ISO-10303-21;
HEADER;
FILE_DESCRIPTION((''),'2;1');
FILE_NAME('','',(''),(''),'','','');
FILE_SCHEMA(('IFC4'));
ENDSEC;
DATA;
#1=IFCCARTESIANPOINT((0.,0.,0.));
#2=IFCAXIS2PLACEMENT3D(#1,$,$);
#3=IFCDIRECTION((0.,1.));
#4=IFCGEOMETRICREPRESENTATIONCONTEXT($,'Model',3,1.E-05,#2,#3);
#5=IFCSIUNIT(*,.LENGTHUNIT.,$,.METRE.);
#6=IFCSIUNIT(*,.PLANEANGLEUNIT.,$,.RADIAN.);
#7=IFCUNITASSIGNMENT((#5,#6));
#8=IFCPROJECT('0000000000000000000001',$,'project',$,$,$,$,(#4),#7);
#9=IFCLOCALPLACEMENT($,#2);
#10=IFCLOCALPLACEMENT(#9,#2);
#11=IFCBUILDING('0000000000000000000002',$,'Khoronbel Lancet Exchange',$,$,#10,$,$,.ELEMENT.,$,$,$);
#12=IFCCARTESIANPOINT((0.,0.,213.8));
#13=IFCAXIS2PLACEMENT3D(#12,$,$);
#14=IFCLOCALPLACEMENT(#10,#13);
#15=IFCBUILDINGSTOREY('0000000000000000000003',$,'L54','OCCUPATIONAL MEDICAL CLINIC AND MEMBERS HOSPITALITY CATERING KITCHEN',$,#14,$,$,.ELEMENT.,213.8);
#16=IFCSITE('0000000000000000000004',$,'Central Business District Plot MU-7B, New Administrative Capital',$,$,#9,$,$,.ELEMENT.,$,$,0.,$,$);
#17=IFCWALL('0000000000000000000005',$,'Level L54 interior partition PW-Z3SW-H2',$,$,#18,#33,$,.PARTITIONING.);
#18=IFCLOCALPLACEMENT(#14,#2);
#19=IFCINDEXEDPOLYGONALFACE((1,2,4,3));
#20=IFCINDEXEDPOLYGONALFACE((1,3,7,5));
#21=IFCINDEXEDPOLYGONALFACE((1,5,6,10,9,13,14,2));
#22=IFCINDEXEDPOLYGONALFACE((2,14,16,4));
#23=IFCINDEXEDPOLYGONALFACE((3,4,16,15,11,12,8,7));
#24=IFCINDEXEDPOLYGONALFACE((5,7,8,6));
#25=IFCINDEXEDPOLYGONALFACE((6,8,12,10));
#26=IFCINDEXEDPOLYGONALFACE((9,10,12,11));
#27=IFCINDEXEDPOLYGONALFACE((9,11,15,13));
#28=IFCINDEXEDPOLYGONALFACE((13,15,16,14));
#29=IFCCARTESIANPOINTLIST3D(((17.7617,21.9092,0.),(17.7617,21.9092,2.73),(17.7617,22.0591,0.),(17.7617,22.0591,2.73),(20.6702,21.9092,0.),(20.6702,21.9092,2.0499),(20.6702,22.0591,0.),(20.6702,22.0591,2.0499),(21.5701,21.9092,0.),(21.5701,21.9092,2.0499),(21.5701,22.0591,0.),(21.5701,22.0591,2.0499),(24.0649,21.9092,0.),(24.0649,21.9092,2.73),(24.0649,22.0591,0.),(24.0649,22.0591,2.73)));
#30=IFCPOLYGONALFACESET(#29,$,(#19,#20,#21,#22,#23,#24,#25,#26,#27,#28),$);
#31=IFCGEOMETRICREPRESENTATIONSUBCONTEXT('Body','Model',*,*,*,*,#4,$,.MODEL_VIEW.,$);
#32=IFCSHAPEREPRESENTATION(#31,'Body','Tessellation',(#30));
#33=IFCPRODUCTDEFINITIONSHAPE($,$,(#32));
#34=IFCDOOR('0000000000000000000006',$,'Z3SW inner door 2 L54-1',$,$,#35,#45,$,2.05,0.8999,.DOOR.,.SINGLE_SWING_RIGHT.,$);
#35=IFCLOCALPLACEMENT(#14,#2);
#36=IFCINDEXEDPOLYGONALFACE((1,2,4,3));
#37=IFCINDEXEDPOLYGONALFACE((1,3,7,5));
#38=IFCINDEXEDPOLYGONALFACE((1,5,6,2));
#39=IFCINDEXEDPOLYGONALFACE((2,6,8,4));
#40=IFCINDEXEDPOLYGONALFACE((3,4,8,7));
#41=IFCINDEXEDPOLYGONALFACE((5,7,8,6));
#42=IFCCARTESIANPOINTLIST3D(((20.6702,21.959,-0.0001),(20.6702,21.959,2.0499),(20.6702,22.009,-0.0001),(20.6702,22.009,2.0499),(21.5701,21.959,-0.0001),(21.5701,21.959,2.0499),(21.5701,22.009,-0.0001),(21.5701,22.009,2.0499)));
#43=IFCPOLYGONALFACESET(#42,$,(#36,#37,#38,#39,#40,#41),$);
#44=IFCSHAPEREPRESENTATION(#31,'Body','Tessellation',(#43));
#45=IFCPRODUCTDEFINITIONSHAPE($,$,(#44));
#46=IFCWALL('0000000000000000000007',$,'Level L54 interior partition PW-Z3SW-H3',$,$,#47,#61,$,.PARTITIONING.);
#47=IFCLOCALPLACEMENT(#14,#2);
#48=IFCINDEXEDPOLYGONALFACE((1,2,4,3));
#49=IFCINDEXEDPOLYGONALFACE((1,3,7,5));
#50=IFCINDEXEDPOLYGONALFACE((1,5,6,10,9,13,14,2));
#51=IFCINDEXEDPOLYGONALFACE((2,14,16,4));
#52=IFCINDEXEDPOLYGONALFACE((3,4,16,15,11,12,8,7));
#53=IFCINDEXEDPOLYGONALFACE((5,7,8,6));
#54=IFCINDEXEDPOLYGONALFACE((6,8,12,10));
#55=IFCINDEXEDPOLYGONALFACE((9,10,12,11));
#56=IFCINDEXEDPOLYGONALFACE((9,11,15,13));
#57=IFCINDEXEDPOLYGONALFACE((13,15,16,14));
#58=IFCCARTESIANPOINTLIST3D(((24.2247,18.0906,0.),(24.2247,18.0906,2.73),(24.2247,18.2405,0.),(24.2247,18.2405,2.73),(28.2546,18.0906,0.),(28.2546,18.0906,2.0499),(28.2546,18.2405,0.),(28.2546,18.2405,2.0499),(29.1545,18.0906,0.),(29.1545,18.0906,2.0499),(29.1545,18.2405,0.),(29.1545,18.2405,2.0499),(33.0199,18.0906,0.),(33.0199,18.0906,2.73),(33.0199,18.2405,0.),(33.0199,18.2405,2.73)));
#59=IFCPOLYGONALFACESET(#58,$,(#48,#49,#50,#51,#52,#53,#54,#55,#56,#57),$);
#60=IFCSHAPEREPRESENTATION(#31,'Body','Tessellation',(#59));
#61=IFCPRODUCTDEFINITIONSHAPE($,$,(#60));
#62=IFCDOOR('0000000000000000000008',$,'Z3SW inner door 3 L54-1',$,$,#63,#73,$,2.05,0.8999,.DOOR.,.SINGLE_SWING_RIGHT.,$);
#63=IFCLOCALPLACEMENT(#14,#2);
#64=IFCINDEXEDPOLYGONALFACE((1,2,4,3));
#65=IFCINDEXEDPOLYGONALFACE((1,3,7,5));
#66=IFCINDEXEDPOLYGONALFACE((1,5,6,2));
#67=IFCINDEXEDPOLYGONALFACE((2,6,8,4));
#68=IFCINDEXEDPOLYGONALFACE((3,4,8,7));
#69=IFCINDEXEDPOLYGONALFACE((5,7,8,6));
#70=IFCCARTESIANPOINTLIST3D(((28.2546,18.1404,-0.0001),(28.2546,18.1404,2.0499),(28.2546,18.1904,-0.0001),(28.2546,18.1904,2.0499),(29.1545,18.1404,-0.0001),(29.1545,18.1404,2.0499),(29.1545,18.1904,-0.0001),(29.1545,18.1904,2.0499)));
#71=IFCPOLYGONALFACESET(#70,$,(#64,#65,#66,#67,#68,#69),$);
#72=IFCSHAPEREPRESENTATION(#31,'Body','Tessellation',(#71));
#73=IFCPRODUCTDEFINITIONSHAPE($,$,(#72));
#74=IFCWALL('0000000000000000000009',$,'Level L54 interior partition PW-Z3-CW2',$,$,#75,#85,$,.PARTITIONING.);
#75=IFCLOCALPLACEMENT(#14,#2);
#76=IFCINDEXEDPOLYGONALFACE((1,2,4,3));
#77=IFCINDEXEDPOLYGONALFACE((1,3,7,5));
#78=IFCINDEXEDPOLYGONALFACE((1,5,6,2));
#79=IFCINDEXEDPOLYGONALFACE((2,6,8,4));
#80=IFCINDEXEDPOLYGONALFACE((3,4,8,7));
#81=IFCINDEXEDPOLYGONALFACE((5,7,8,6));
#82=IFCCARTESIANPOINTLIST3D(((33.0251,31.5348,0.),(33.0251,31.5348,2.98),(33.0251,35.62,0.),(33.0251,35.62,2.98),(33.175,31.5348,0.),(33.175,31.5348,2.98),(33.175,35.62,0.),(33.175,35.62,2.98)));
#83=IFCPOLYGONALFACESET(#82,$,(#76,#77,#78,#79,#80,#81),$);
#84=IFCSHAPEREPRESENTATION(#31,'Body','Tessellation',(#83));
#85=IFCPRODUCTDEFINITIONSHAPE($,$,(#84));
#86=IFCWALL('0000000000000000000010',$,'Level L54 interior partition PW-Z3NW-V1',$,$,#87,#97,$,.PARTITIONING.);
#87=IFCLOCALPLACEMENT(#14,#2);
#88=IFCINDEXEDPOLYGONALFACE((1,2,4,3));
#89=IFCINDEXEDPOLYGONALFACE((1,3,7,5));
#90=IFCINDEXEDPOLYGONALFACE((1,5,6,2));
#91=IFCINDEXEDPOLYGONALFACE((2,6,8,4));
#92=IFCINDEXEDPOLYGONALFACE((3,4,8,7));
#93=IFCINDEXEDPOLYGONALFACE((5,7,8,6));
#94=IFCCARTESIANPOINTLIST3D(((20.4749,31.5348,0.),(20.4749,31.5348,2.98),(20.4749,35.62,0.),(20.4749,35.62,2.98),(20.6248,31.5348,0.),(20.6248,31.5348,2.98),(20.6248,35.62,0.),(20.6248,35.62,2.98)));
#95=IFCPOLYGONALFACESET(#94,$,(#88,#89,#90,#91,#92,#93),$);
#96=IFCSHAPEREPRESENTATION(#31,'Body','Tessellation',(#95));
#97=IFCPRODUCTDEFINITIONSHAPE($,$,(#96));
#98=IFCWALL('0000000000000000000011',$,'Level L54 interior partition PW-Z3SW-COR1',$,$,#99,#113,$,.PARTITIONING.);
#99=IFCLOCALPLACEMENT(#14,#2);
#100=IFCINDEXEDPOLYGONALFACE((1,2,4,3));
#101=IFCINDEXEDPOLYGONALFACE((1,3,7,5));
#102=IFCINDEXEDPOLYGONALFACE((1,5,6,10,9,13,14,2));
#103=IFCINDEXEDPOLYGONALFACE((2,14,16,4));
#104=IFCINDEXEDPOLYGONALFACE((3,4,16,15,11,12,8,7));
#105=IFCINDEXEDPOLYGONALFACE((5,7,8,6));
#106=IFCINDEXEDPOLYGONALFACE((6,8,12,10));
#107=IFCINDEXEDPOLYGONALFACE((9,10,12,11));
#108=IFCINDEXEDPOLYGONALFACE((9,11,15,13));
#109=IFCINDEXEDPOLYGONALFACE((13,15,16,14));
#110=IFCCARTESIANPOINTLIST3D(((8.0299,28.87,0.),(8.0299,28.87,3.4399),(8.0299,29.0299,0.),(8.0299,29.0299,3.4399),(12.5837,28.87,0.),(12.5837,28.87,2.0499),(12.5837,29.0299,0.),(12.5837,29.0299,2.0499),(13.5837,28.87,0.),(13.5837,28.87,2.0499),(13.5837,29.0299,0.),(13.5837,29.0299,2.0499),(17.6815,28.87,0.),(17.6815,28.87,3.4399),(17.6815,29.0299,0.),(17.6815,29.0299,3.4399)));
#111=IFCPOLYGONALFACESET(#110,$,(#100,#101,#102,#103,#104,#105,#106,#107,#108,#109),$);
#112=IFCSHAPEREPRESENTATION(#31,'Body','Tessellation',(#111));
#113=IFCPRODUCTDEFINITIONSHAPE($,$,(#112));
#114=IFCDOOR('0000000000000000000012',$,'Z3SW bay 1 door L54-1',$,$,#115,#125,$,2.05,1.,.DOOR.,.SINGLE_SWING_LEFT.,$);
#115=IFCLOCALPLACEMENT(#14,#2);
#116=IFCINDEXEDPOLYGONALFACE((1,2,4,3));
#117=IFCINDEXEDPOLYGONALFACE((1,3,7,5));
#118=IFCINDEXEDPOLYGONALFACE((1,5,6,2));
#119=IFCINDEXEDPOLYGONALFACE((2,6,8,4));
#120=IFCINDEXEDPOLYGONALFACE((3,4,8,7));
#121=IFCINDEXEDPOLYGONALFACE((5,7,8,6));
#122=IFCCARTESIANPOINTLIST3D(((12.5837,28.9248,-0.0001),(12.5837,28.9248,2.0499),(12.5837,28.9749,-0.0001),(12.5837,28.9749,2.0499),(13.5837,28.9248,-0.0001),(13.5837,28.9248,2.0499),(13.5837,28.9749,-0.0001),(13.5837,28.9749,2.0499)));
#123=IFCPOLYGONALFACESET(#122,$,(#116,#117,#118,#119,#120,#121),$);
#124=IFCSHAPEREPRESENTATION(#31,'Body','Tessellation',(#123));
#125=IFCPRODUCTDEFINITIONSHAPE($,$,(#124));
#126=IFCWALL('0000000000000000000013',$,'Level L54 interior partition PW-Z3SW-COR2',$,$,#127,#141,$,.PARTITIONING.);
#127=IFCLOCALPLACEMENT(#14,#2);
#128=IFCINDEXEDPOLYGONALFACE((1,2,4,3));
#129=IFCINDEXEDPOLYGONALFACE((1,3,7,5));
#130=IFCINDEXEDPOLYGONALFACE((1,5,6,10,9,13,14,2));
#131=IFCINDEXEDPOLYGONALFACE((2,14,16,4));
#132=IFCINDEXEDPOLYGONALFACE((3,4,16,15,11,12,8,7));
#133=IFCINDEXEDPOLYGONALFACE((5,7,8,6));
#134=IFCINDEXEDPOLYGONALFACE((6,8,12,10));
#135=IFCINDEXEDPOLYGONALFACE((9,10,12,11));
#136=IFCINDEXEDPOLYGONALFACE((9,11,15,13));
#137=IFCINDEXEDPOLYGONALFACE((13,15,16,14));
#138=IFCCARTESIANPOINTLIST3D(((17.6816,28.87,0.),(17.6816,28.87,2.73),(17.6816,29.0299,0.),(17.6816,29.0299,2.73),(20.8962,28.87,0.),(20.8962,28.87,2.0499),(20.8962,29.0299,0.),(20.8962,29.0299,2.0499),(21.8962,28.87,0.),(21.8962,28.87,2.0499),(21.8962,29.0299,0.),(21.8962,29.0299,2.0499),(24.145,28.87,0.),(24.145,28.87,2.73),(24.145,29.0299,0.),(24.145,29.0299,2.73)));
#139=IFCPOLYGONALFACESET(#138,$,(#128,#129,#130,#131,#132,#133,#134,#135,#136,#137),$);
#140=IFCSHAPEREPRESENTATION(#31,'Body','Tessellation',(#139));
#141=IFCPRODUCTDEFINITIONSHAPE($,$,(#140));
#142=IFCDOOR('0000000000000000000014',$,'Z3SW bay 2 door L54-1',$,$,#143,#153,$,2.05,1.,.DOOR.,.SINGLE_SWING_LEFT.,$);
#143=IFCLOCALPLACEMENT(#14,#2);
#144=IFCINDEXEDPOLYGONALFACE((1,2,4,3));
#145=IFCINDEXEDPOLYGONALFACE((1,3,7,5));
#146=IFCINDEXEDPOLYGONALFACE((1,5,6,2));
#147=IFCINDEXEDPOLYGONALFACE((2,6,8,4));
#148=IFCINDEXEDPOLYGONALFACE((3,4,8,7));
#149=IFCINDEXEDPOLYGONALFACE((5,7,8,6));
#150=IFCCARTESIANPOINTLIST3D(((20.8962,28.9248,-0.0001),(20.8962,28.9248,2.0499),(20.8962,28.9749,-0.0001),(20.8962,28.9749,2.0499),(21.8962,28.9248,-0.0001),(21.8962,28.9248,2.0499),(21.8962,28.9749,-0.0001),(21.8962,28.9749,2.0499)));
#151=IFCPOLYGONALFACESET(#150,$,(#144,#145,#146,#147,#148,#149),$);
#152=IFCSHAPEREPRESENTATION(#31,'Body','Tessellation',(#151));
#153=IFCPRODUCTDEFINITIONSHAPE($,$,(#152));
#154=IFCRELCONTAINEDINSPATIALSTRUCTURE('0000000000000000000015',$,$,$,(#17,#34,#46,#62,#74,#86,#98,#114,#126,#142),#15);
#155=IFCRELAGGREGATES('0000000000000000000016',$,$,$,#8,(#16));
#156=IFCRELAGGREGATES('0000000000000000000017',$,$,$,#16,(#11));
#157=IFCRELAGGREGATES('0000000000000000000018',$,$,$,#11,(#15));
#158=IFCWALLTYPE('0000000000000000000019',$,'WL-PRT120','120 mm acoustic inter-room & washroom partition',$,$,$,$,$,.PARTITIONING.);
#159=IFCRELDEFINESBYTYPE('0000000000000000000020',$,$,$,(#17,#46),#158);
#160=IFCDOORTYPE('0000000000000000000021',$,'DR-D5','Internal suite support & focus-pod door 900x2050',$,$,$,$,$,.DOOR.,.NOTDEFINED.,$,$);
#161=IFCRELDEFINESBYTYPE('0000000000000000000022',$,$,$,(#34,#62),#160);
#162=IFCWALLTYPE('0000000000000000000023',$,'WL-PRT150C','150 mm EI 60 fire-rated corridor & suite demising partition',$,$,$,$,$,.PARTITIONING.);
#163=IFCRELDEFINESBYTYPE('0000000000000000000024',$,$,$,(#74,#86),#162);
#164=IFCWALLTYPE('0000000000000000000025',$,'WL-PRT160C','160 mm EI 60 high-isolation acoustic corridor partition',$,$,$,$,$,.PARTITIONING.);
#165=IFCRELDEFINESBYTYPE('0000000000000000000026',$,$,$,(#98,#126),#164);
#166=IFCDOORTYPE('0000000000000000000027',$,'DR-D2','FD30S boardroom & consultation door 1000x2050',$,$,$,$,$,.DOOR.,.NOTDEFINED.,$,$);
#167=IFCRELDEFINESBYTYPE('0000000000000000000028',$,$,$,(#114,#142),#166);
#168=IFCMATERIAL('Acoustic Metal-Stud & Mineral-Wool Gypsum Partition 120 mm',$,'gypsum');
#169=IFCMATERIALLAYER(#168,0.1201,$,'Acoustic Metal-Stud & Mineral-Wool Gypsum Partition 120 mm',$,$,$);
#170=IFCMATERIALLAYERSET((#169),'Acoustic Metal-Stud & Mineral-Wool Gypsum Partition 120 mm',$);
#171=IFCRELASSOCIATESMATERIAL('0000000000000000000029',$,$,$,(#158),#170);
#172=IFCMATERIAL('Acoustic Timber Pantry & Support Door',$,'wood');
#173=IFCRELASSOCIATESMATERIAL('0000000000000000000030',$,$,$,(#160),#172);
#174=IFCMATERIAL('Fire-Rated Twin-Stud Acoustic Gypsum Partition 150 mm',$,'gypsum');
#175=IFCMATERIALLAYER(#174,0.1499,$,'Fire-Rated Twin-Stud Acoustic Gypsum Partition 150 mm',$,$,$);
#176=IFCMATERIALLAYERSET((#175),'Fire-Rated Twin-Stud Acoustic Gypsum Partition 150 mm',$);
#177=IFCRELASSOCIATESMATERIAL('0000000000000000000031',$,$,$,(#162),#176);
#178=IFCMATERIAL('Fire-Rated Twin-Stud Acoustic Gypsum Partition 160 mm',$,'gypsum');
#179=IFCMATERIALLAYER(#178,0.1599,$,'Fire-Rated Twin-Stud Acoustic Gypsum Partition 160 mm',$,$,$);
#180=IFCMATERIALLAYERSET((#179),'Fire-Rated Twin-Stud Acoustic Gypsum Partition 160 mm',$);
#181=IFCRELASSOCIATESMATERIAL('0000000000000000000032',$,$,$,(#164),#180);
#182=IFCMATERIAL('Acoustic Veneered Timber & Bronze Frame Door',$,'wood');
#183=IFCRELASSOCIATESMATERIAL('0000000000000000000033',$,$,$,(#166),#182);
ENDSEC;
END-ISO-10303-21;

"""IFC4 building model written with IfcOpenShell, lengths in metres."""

from ifc_helpers import new_model, si_unit, direction, frame, frame_2d, origin, place, context, subcontext, project, spatial, rectangle, extrude, material, layer, layer_set, type_object, element, fill, save


model = new_model("IFC4")

# Units and contexts
model_context = context("Model", 3, precision=1e-05, world=origin(), true_north=direction((0.0, 1.0)))
body_context = subcontext(model_context, "Body", "Model", "MODEL_VIEW")
ifc_project = project(units=[si_unit("LENGTHUNIT", "METRE"), si_unit("PLANEANGLEUNIT", "RADIAN")], contexts=[model_context])

# Site, building, storey
site_placement = place(None, origin())
site = spatial("IfcSite", under=ifc_project, at=site_placement, Name="Central Business District Plot MU-7B, New Administrative Capital", CompositionType="ELEMENT", RefElevation=0.0)
building_placement = place(site_placement, origin())
building = spatial("IfcBuilding", under=site, at=building_placement, Name="Khoronbel Lancet Exchange", CompositionType="ELEMENT")
storey_placement = place(building_placement, frame((0.0, 0.0, 213.8)))
storey = spatial("IfcBuildingStorey", under=building, at=storey_placement, Name="L54", Description="OCCUPATIONAL MEDICAL CLINIC AND MEMBERS HOSPITALITY CATERING KITCHEN", CompositionType="ELEMENT", Elevation=213.8)

# Walls, openings, doors
ifc_material_1 = material(Name="Acoustic Metal-Stud & Mineral-Wool Gypsum Partition 120 mm", Category="gypsum")
ifc_layer_1 = layer(ifc_material_1, 0.1201, Name="Acoustic Metal-Stud & Mineral-Wool Gypsum Partition 120 mm")
ifc_layer_set_1 = layer_set([ifc_layer_1], Name="Acoustic Metal-Stud & Mineral-Wool Gypsum Partition 120 mm")
wall_type_1 = type_object("IfcWallType", Name="WL-PRT120", Description="120 mm acoustic inter-room & washroom partition", PredefinedType="PARTITIONING", material=ifc_layer_set_1)
ifc_material_2 = material(Name="Acoustic Timber Pantry & Support Door", Category="wood")
door_type_1 = type_object("IfcDoorType", Name="DR-D5", Description="Internal suite support & focus-pod door 900x2050", OperationType="NOTDEFINED", PredefinedType="DOOR", material=ifc_material_2)
wall_1_placement = place(storey_placement, frame((17.7617, 21.9841, 0.0), z_axis=(0.0, 0.0, 1.0), x_axis=(1.0, 0.0, 0.0)))
wall_1 = element("IfcWall", 1, at=wall_1_placement, inside=storey, type_object=wall_type_1, Name="Level L54 interior partition PW-Z3SW-H2", PredefinedType="PARTITIONING", context=body_context, shape_type="SweptSolid", body=[
    extrude(rectangle(XDim=6.3032, YDim=0.1499, at=frame_2d((3.1516, 0.0))), origin(), (0.0, 0.0, 1.0), 2.73),
])
opening_1_placement = place(wall_1_placement, frame((2.9084, 0.0, 0.0)))
opening_1 = element("IfcOpeningElement", 2, at=opening_1_placement, cuts=wall_1, PredefinedType="OPENING", context=body_context, shape_type="SweptSolid", body=[
    extrude(rectangle(XDim=0.8999, YDim=2.05, at=frame_2d((0.45, 1.0249))), frame((0.0, 0.085, 0.0), z_axis=(0.0, -1.0, 0.0), x_axis=(1.0, 0.0, 0.0)), (0.0, 0.0, 1.0), 0.1699),
])
door_1_placement = place(opening_1_placement, origin())
door_1 = element("IfcDoor", 3, at=door_1_placement, inside=storey, type_object=door_type_1, Name="Z3SW inner door 2 L54-1", OperationType="SINGLE_SWING_RIGHT", OverallHeight=2.05, OverallWidth=0.8999, PredefinedType="DOOR", context=body_context, shape_type="SweptSolid", body=[
    extrude(rectangle(XDim=0.8999, YDim=2.05, at=frame_2d((0.45, 1.0249))), frame((0.0, 0.0249, 0.0), z_axis=(0.0, -1.0, 0.0), x_axis=(1.0, 0.0, 0.0)), (0.0, 0.0, 1.0), 0.05),
])
fill(opening_1, door_1)
wall_2_placement = place(storey_placement, frame((24.2249, 18.1655, 0.0), z_axis=(0.0, 0.0, 1.0), x_axis=(1.0, 0.0, 0.0)))
wall_2 = element("IfcWall", 4, at=wall_2_placement, inside=storey, type_object=wall_type_1, Name="Level L54 interior partition PW-Z3SW-H3", PredefinedType="PARTITIONING", context=body_context, shape_type="SweptSolid", body=[
    extrude(rectangle(XDim=8.7952, YDim=0.1499, at=frame_2d((4.3975, 0.0))), origin(), (0.0, 0.0, 1.0), 2.73),
])
opening_2_placement = place(wall_2_placement, frame((4.0298, 0.0, 0.0)))
opening_2 = element("IfcOpeningElement", 5, at=opening_2_placement, cuts=wall_2, PredefinedType="OPENING", context=body_context, shape_type="SweptSolid", body=[
    extrude(rectangle(XDim=0.8999, YDim=2.05, at=frame_2d((0.45, 1.0249))), frame((0.0, 0.085, 0.0), z_axis=(0.0, -1.0, 0.0), x_axis=(1.0, 0.0, 0.0)), (0.0, 0.0, 1.0), 0.1699),
])
door_2_placement = place(opening_2_placement, origin())
door_2 = element("IfcDoor", 6, at=door_2_placement, inside=storey, type_object=door_type_1, Name="Z3SW inner door 3 L54-1", OperationType="SINGLE_SWING_RIGHT", OverallHeight=2.05, OverallWidth=0.8999, PredefinedType="DOOR", context=body_context, shape_type="SweptSolid", body=[
    extrude(rectangle(XDim=0.8999, YDim=2.05, at=frame_2d((0.45, 1.0249))), frame((0.0, 0.0249, 0.0), z_axis=(0.0, -1.0, 0.0), x_axis=(1.0, 0.0, 0.0)), (0.0, 0.0, 1.0), 0.05),
])
fill(opening_2, door_2)

# Walls
ifc_material_3 = material(Name="Fire-Rated Twin-Stud Acoustic Gypsum Partition 150 mm", Category="gypsum")
ifc_layer_2 = layer(ifc_material_3, 0.1499, Name="Fire-Rated Twin-Stud Acoustic Gypsum Partition 150 mm")
ifc_layer_set_2 = layer_set([ifc_layer_2], Name="Fire-Rated Twin-Stud Acoustic Gypsum Partition 150 mm")
wall_type_2 = type_object("IfcWallType", Name="WL-PRT150C", Description="150 mm EI 60 fire-rated corridor & suite demising partition", PredefinedType="PARTITIONING", material=ifc_layer_set_2)
for number, where, z_axis, x_axis, name in (
    (7, (33.1001, 31.5349, 0.0), (0.0, 0.0, 1.0), (0.0, 1.0, 0.0), "Level L54 interior partition PW-Z3-CW2"),
    (8, (20.5498, 31.5349, 0.0), (0.0, 0.0, 1.0), (0.0, 1.0, 0.0), "Level L54 interior partition PW-Z3NW-V1"),
):
    element("IfcWall", number, at=place(storey_placement, frame(where, z_axis=z_axis, x_axis=x_axis)), inside=storey, type_object=wall_type_2, Name=name, PredefinedType="PARTITIONING", context=body_context, shape_type="SweptSolid", body=[
        extrude(rectangle(XDim=4.0852, YDim=0.1499, at=frame_2d((2.0425, 0.0))), origin(), (0.0, 0.0, 1.0), 2.98),
    ])

# Walls, openings, doors
ifc_material_4 = material(Name="Fire-Rated Twin-Stud Acoustic Gypsum Partition 160 mm", Category="gypsum")
ifc_layer_3 = layer(ifc_material_4, 0.1599, Name="Fire-Rated Twin-Stud Acoustic Gypsum Partition 160 mm")
ifc_layer_set_3 = layer_set([ifc_layer_3], Name="Fire-Rated Twin-Stud Acoustic Gypsum Partition 160 mm")
wall_type_3 = type_object("IfcWallType", Name="WL-PRT160C", Description="160 mm EI 60 high-isolation acoustic corridor partition", PredefinedType="PARTITIONING", material=ifc_layer_set_3)
wall_3_placement = place(storey_placement, frame((8.03, 28.95, 0.0), z_axis=(0.0, 0.0, 1.0), x_axis=(1.0, 0.0, 0.0)))
wall_3 = element("IfcWall", 9, at=wall_3_placement, inside=storey, type_object=wall_type_3, Name="Level L54 interior partition PW-Z3SW-COR1", PredefinedType="PARTITIONING", context=body_context, shape_type="SweptSolid", body=[
    extrude(rectangle(XDim=9.6516, YDim=0.1599, at=frame_2d((4.8257, 0.0))), origin(), (0.0, 0.0, 1.0), 3.4399),
])
opening_3_placement = place(wall_3_placement, frame((4.5537, 0.0, 0.0)))
opening_3 = element("IfcOpeningElement", 10, at=opening_3_placement, cuts=wall_3, PredefinedType="OPENING", context=body_context, shape_type="SweptSolid", body=[
    extrude(rectangle(XDim=1.0, YDim=2.05, at=frame_2d((0.5, 1.0249))), frame((0.0, 0.0898, 0.0), z_axis=(0.0, -1.0, 0.0), x_axis=(1.0, 0.0, 0.0)), (0.0, 0.0, 1.0), 0.1799),
])
ifc_material_5 = material(Name="Acoustic Veneered Timber & Bronze Frame Door", Category="wood")
door_type_2 = type_object("IfcDoorType", Name="DR-D2", Description="FD30S boardroom & consultation door 1000x2050", OperationType="NOTDEFINED", PredefinedType="DOOR", material=ifc_material_5)
door_3_placement = place(opening_3_placement, origin())
door_3 = element("IfcDoor", 11, at=door_3_placement, inside=storey, type_object=door_type_2, Name="Z3SW bay 1 door L54-1", OperationType="SINGLE_SWING_LEFT", OverallHeight=2.05, OverallWidth=1.0, PredefinedType="DOOR", context=body_context, shape_type="SweptSolid", body=[
    extrude(rectangle(XDim=1.0, YDim=2.05, at=frame_2d((0.5, 1.0249))), frame((0.0, 0.0249, 0.0), z_axis=(0.0, -1.0, 0.0), x_axis=(1.0, 0.0, 0.0)), (0.0, 0.0, 1.0), 0.05),
])
fill(opening_3, door_3)
wall_4_placement = place(storey_placement, frame((17.6816, 28.95, 0.0), z_axis=(0.0, 0.0, 1.0), x_axis=(1.0, 0.0, 0.0)))
wall_4 = element("IfcWall", 12, at=wall_4_placement, inside=storey, type_object=wall_type_3, Name="Level L54 interior partition PW-Z3SW-COR2", PredefinedType="PARTITIONING", context=body_context, shape_type="SweptSolid", body=[
    extrude(rectangle(XDim=6.4634, YDim=0.1599, at=frame_2d((3.2317, 0.0))), origin(), (0.0, 0.0, 1.0), 2.73),
])
opening_4_placement = place(wall_4_placement, frame((3.2146, 0.0, 0.0)))
opening_4 = element("IfcOpeningElement", 13, at=opening_4_placement, cuts=wall_4, PredefinedType="OPENING", context=body_context, shape_type="SweptSolid", body=[
    extrude(rectangle(XDim=1.0, YDim=2.05, at=frame_2d((0.5, 1.0249))), frame((0.0, 0.0898, 0.0), z_axis=(0.0, -1.0, 0.0), x_axis=(1.0, 0.0, 0.0)), (0.0, 0.0, 1.0), 0.1799),
])
door_4_placement = place(opening_4_placement, origin())
door_4 = element("IfcDoor", 14, at=door_4_placement, inside=storey, type_object=door_type_2, Name="Z3SW bay 2 door L54-1", OperationType="SINGLE_SWING_LEFT", OverallHeight=2.05, OverallWidth=1.0, PredefinedType="DOOR", context=body_context, shape_type="SweptSolid", body=[
    extrude(rectangle(XDim=1.0, YDim=2.05, at=frame_2d((0.5, 1.0249))), frame((0.0, 0.0249, 0.0), z_axis=(0.0, -1.0, 0.0), x_axis=(1.0, 0.0, 0.0)), (0.0, 0.0, 1.0), 0.05),
])
fill(opening_4, door_4)

save(model, "model.ifc")
